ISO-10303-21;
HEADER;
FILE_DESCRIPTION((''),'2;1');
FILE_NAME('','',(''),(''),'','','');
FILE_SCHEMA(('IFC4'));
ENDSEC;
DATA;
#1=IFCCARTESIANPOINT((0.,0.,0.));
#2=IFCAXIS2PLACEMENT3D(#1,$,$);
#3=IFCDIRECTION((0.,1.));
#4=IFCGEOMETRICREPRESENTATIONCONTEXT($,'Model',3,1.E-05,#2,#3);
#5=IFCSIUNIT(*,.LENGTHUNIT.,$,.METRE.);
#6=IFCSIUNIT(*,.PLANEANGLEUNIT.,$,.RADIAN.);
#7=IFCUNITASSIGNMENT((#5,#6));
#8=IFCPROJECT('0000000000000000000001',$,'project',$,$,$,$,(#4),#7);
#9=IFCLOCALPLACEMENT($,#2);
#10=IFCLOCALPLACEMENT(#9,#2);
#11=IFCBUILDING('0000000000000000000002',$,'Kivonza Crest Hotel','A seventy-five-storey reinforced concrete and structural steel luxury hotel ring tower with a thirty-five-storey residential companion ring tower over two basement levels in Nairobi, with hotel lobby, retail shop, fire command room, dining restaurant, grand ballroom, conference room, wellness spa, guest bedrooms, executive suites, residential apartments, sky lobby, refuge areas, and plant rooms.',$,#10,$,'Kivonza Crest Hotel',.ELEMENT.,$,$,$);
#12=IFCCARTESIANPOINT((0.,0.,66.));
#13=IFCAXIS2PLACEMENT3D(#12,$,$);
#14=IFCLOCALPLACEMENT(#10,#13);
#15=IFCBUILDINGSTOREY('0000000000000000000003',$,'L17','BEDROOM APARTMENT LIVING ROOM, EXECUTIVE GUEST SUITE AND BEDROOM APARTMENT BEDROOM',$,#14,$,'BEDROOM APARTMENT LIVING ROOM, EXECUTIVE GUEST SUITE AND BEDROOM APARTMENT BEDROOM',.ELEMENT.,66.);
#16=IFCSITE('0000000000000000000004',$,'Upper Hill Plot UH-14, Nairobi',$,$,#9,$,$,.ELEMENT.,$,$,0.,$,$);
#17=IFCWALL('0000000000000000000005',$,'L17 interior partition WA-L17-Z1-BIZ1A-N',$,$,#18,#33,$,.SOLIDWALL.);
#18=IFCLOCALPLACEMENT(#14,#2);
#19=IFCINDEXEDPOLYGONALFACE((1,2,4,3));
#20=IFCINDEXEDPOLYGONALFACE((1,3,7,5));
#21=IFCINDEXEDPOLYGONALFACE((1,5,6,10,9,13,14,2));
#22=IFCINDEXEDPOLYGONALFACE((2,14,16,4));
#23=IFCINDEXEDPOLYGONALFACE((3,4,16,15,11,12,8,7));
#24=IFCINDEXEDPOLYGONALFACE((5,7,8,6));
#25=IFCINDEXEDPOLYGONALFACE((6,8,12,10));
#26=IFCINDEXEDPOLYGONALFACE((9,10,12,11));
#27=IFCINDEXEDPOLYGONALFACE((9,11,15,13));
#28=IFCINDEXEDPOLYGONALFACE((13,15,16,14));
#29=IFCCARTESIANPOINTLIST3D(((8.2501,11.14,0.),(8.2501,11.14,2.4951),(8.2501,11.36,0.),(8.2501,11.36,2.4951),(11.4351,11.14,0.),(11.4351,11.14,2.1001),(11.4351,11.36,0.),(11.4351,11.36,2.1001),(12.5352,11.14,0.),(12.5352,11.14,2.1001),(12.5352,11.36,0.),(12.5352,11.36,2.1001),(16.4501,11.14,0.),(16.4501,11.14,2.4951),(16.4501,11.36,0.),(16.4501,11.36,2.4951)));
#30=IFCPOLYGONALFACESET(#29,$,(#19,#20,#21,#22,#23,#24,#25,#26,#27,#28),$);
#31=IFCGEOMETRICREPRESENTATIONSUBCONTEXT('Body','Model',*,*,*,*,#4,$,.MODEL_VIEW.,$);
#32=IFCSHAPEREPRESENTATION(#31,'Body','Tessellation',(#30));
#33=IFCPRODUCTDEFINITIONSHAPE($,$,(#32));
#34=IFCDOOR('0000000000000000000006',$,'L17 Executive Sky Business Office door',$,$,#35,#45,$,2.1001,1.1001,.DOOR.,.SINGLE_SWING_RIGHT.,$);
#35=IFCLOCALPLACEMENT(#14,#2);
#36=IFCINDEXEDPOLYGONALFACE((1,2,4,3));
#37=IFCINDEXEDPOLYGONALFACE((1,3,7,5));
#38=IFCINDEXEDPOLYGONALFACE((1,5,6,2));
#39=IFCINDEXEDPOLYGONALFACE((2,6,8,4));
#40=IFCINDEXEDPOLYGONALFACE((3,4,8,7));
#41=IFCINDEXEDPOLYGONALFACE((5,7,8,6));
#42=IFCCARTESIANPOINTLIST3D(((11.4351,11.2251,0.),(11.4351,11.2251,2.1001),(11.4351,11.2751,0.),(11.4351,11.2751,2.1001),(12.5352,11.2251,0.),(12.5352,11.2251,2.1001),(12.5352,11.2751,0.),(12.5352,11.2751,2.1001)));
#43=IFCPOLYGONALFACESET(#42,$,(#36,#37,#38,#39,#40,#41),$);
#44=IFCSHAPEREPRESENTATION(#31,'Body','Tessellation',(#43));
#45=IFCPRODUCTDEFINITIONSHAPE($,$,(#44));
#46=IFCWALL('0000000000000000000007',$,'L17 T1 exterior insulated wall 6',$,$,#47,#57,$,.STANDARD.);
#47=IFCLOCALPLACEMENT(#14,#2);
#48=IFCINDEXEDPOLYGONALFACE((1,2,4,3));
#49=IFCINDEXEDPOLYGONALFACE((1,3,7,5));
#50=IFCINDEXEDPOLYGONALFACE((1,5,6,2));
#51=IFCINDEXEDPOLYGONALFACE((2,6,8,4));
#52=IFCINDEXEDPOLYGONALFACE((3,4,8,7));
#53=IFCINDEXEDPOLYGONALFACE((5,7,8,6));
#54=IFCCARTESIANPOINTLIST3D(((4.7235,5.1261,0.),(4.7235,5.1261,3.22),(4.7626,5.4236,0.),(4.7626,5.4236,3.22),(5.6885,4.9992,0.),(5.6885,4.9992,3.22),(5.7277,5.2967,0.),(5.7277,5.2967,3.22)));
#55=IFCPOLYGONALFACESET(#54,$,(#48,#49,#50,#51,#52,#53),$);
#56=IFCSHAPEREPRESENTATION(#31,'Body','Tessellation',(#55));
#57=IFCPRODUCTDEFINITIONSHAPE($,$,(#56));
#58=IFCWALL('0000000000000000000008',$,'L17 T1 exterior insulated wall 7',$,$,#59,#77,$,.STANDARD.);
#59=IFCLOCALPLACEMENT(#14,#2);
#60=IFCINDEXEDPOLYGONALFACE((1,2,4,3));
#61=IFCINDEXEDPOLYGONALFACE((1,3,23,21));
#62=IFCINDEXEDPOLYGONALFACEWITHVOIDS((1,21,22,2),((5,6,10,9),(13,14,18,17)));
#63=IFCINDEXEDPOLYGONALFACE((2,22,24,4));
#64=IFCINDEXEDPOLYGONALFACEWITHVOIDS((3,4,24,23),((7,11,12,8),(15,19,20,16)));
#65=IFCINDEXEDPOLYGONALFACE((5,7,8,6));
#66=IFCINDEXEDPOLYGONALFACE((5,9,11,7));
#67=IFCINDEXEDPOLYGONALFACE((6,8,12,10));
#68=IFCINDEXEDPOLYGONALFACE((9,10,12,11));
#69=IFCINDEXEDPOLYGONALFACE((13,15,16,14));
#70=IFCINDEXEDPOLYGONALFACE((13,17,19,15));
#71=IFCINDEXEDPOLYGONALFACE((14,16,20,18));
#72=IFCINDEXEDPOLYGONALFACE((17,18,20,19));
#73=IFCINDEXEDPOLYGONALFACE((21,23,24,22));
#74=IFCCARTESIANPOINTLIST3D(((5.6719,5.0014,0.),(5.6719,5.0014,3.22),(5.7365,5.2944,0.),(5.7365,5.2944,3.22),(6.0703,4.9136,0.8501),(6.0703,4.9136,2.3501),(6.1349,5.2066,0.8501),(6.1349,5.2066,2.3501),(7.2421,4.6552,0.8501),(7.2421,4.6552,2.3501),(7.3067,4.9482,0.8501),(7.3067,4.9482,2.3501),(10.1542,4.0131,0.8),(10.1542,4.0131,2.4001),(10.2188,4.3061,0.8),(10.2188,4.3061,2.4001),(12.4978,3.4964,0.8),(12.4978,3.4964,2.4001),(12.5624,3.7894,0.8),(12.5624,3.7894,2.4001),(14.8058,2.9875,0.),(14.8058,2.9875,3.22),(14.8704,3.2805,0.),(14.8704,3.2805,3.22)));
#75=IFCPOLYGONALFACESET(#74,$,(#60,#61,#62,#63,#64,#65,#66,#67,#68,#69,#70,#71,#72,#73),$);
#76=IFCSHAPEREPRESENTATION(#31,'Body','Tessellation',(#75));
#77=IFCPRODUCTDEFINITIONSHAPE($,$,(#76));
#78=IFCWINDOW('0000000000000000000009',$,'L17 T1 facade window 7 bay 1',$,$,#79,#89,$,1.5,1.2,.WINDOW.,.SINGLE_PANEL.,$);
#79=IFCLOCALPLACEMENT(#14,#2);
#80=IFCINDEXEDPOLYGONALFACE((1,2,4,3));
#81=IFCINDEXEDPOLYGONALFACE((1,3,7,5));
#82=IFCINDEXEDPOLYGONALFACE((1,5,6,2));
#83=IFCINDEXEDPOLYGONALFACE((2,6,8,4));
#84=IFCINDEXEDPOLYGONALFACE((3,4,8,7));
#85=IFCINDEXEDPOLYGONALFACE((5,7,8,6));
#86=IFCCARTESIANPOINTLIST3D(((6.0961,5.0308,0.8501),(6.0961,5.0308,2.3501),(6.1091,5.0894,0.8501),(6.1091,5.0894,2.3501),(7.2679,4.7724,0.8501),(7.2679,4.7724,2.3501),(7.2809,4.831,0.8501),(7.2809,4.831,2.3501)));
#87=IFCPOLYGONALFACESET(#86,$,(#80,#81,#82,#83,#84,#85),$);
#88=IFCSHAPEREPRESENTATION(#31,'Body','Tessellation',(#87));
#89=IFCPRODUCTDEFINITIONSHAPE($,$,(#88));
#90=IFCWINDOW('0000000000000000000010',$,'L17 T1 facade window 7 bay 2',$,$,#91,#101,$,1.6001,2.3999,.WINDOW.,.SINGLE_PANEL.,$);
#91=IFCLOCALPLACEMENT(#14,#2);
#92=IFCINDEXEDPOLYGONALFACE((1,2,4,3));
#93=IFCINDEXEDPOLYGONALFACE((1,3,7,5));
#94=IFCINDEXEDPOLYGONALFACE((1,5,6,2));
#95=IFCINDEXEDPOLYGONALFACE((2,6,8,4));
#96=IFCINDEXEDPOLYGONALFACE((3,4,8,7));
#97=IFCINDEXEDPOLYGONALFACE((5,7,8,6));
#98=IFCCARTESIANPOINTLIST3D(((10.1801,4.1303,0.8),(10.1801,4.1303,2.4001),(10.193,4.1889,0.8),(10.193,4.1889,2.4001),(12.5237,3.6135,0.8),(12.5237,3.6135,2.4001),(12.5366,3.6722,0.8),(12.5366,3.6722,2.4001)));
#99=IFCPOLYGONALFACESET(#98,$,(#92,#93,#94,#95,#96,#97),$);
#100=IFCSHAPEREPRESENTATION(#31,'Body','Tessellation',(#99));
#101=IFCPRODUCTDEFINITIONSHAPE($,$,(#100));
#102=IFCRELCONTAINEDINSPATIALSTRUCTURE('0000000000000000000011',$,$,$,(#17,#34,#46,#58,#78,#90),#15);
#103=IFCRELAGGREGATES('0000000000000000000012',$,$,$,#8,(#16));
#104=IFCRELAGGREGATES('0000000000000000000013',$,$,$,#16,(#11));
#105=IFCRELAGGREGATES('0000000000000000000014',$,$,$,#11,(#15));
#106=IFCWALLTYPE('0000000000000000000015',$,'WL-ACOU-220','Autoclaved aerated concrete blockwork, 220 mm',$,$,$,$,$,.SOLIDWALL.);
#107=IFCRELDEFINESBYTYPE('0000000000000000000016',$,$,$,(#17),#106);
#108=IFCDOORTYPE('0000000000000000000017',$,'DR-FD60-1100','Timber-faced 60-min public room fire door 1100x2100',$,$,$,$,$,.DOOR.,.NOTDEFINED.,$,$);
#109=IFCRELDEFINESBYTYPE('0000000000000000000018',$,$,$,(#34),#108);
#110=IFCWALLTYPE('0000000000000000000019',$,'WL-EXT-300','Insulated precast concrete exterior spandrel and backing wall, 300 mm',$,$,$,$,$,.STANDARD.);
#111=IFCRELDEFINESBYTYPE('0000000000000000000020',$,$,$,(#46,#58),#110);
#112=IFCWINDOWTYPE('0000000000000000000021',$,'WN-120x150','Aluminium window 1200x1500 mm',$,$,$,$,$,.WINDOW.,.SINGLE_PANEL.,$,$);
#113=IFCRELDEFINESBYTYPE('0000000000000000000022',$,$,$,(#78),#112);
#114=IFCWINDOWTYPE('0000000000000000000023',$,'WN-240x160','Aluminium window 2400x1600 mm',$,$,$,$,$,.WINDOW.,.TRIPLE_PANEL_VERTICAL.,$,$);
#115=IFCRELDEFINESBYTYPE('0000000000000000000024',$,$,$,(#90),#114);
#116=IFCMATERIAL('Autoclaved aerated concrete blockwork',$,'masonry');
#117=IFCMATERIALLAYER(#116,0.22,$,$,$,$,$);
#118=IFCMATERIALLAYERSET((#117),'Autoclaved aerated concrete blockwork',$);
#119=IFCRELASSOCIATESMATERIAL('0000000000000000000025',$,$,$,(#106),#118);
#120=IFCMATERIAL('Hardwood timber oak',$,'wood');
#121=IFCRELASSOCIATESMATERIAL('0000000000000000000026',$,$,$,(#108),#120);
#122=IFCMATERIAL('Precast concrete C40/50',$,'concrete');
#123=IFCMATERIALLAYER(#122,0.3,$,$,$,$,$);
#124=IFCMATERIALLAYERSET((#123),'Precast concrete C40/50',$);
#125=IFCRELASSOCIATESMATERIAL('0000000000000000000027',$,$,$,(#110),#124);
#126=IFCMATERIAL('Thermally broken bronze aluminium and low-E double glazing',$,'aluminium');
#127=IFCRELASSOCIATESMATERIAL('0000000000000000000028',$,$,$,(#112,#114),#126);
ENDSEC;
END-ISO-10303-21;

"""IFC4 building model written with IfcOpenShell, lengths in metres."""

from ifc_helpers import new_model, si_unit, direction, frame, frame_2d, origin, place, context, subcontext, project, spatial, rectangle, extrude, material, layer, layer_set, type_object, element, fill, save


model = new_model("IFC4")

# Units and contexts
model_context = context("Model", 3, precision=1e-05, world=origin(), true_north=direction((0.0, 1.0)))
body_context = subcontext(model_context, "Body", "Model", "MODEL_VIEW")
ifc_project = project(units=[si_unit("LENGTHUNIT", "METRE"), si_unit("PLANEANGLEUNIT", "RADIAN")], contexts=[model_context])

# Site, building, storey
site_placement = place(None, origin())
site = spatial("IfcSite", under=ifc_project, at=site_placement, Name="Upper Hill Plot UH-14, Nairobi", CompositionType="ELEMENT", RefElevation=0.0)
building_placement = place(site_placement, origin())
building = spatial("IfcBuilding", under=site, at=building_placement, Name="Kivonza Crest Hotel", Description="A seventy-five-storey reinforced concrete and structural steel luxury hotel ring tower with a thirty-five-storey residential companion ring tower over two basement levels in Nairobi, with hotel lobby, retail shop, fire command room, dining restaurant, grand ballroom, conference room, wellness spa, guest bedrooms, executive suites, residential apartments, sky lobby, refuge areas, and plant rooms.", LongName="Kivonza Crest Hotel", CompositionType="ELEMENT")
storey_placement = place(building_placement, frame((0.0, 0.0, 66.0)))
storey = spatial("IfcBuildingStorey", under=building, at=storey_placement, Name="L17", Description="BEDROOM APARTMENT LIVING ROOM, EXECUTIVE GUEST SUITE AND BEDROOM APARTMENT BEDROOM", LongName="BEDROOM APARTMENT LIVING ROOM, EXECUTIVE GUEST SUITE AND BEDROOM APARTMENT BEDROOM", CompositionType="ELEMENT", Elevation=66.0)

# Wall, opening, door
ifc_material_1 = material(Name="Autoclaved aerated concrete blockwork", Category="masonry")
ifc_layer_1 = layer(ifc_material_1, 0.22)
ifc_layer_set_1 = layer_set([ifc_layer_1], Name="Autoclaved aerated concrete blockwork")
wall_type_1 = type_object("IfcWallType", Name="WL-ACOU-220", Description="Autoclaved aerated concrete blockwork, 220 mm", PredefinedType="SOLIDWALL", material=ifc_layer_set_1)
ifc_material_2 = material(Name="Hardwood timber oak", Category="wood")
door_type = type_object("IfcDoorType", Name="DR-FD60-1100", Description="Timber-faced 60-min public room fire door 1100x2100", OperationType="NOTDEFINED", PredefinedType="DOOR", material=ifc_material_2)
wall_1_placement = place(storey_placement, frame((8.25, 11.25, 0.0), z_axis=(0.0, 0.0, 1.0), x_axis=(1.0, 0.0, 0.0)))
wall_1 = element("IfcWall", 1, at=wall_1_placement, inside=storey, type_object=wall_type_1, Name="L17 interior partition WA-L17-Z1-BIZ1A-N", PredefinedType="SOLIDWALL", context=body_context, shape_type="SweptSolid", body=[
    extrude(rectangle(XDim=8.2, YDim=0.22, at=frame_2d((4.1001, 0.0))), origin(), (0.0, 0.0, 1.0), 2.4951),
])
opening_1_placement = place(wall_1_placement, frame((3.1851, 0.0, 0.0)))
opening_1 = element("IfcOpeningElement", 2, at=opening_1_placement, cuts=wall_1, PredefinedType="OPENING", context=body_context, shape_type="SweptSolid", body=[
    extrude(rectangle(XDim=1.1001, YDim=2.1001, at=frame_2d((0.55, 1.05))), frame((0.0, 0.1201, 0.0), z_axis=(0.0, -1.0, 0.0), x_axis=(1.0, 0.0, 0.0)), (0.0, 0.0, 1.0), 0.24),
])
door_1_placement = place(opening_1_placement, frame((1.1001, 0.0, 0.0), z_axis=(0.0, 0.0, 1.0), x_axis=(-1.0, 0.0, 0.0)))
door_1 = element("IfcDoor", 3, at=door_1_placement, inside=storey, type_object=door_type, Name="L17 Executive Sky Business Office door", OperationType="SINGLE_SWING_RIGHT", OverallHeight=2.1001, OverallWidth=1.1001, PredefinedType="DOOR", context=body_context, shape_type="SweptSolid", body=[
    extrude(rectangle(XDim=1.1001, YDim=2.1001, at=frame_2d((0.55, 1.05))), frame((0.0, 0.0249, 0.0), z_axis=(0.0, -1.0, 0.0), x_axis=(1.0, 0.0, 0.0)), (0.0, 0.0, 1.0), 0.05),
])
fill(opening_1, door_1)

# Wall
ifc_material_3 = material(Name="Precast concrete C40/50", Category="concrete")
ifc_layer_2 = layer(ifc_material_3, 0.3)
ifc_layer_set_2 = layer_set([ifc_layer_2], Name="Precast concrete C40/50")
wall_type_2 = type_object("IfcWallType", Name="WL-EXT-300", Description="Insulated precast concrete exterior spandrel and backing wall, 300 mm", PredefinedType="STANDARD", material=ifc_layer_set_2)
wall_2_placement = place(storey_placement, frame((4.7429, 5.2749, 0.0), z_axis=(0.0, 0.0, 1.0), x_axis=(0.991459, -0.130422, 0.0)))
element("IfcWall", 4, at=wall_2_placement, inside=storey, type_object=wall_type_2, Name="L17 T1 exterior insulated wall 6", PredefinedType="STANDARD", context=body_context, shape_type="SweptSolid", body=[
    extrude(rectangle(XDim=0.9734, YDim=0.3, at=frame_2d((0.4868, 0.0))), origin(), (0.0, 0.0, 1.0), 3.22),
])

# Wall, openings, windows
wall_3_placement = place(storey_placement, frame((5.7041, 5.1479, 0.0), z_axis=(0.0, 0.0, 1.0), x_axis=(0.976544, -0.215319, 0.0)))
wall_3 = element("IfcWall", 5, at=wall_3_placement, inside=storey, type_object=wall_type_2, Name="L17 T1 exterior insulated wall 7", PredefinedType="STANDARD", context=body_context, shape_type="SweptSolid", body=[
    extrude(rectangle(XDim=9.3533, YDim=0.3, at=frame_2d((4.6768, 0.0))), origin(), (0.0, 0.0, 1.0), 3.22),
])
opening_2_placement = place(wall_3_placement, frame((0.408, 0.0, 0.8501)))
opening_2 = element("IfcOpeningElement", 6, at=opening_2_placement, cuts=wall_3, PredefinedType="OPENING", context=body_context, shape_type="SweptSolid", body=[
    extrude(rectangle(XDim=1.2, YDim=1.5, at=frame_2d((0.6001, 0.75))), frame((0.0, 0.1602, 0.0), z_axis=(0.0, -1.0, 0.0), x_axis=(1.0, 0.0, 0.0)), (0.0, 0.0, 1.0), 0.3201),
])
opening_3_placement = place(wall_3_placement, frame((4.5901, 0.0, 0.8)))
opening_3 = element("IfcOpeningElement", 7, at=opening_3_placement, cuts=wall_3, PredefinedType="OPENING", context=body_context, shape_type="SweptSolid", body=[
    extrude(rectangle(XDim=2.3999, YDim=1.6001, at=frame_2d((1.2, 0.8))), frame((0.0, 0.1602, 0.0), z_axis=(0.0, -1.0, 0.0), x_axis=(1.0, 0.0, 0.0)), (0.0, 0.0, 1.0), 0.3201),
])
ifc_material_4 = material(Name="Thermally broken bronze aluminium and low-E double glazing", Category="aluminium")
window_type_1 = type_object("IfcWindowType", Name="WN-120x150", Description="Aluminium window 1200x1500 mm", PartitioningType="SINGLE_PANEL", PredefinedType="WINDOW", material=ifc_material_4)
window_1_placement = place(opening_2_placement, origin())
window_1 = element("IfcWindow", 8, at=window_1_placement, inside=storey, type_object=window_type_1, Name="L17 T1 facade window 7 bay 1", OverallHeight=1.5, OverallWidth=1.2, PartitioningType="SINGLE_PANEL", PredefinedType="WINDOW", context=body_context, shape_type="SweptSolid", body=[
    extrude(rectangle(XDim=1.2, YDim=1.5, at=frame_2d((0.6001, 0.75))), frame((0.0, 0.03, 0.0), z_axis=(0.0, -1.0, 0.0), x_axis=(1.0, 0.0, 0.0)), (0.0, 0.0, 1.0), 0.0601),
])
fill(opening_2, window_1)
window_type_2 = type_object("IfcWindowType", Name="WN-240x160", Description="Aluminium window 2400x1600 mm", PartitioningType="TRIPLE_PANEL_VERTICAL", PredefinedType="WINDOW", material=ifc_material_4)
window_2_placement = place(opening_3_placement, origin())
window_2 = element("IfcWindow", 9, at=window_2_placement, inside=storey, type_object=window_type_2, Name="L17 T1 facade window 7 bay 2", OverallHeight=1.6001, OverallWidth=2.3999, PartitioningType="SINGLE_PANEL", PredefinedType="WINDOW", context=body_context, shape_type="SweptSolid", body=[
    extrude(rectangle(XDim=2.3999, YDim=1.6001, at=frame_2d((1.2, 0.8))), frame((0.0, 0.03, 0.0), z_axis=(0.0, -1.0, 0.0), x_axis=(1.0, 0.0, 0.0)), (0.0, 0.0, 1.0), 0.0601),
])
fill(opening_3, window_2)

save(model, "model.ifc")
